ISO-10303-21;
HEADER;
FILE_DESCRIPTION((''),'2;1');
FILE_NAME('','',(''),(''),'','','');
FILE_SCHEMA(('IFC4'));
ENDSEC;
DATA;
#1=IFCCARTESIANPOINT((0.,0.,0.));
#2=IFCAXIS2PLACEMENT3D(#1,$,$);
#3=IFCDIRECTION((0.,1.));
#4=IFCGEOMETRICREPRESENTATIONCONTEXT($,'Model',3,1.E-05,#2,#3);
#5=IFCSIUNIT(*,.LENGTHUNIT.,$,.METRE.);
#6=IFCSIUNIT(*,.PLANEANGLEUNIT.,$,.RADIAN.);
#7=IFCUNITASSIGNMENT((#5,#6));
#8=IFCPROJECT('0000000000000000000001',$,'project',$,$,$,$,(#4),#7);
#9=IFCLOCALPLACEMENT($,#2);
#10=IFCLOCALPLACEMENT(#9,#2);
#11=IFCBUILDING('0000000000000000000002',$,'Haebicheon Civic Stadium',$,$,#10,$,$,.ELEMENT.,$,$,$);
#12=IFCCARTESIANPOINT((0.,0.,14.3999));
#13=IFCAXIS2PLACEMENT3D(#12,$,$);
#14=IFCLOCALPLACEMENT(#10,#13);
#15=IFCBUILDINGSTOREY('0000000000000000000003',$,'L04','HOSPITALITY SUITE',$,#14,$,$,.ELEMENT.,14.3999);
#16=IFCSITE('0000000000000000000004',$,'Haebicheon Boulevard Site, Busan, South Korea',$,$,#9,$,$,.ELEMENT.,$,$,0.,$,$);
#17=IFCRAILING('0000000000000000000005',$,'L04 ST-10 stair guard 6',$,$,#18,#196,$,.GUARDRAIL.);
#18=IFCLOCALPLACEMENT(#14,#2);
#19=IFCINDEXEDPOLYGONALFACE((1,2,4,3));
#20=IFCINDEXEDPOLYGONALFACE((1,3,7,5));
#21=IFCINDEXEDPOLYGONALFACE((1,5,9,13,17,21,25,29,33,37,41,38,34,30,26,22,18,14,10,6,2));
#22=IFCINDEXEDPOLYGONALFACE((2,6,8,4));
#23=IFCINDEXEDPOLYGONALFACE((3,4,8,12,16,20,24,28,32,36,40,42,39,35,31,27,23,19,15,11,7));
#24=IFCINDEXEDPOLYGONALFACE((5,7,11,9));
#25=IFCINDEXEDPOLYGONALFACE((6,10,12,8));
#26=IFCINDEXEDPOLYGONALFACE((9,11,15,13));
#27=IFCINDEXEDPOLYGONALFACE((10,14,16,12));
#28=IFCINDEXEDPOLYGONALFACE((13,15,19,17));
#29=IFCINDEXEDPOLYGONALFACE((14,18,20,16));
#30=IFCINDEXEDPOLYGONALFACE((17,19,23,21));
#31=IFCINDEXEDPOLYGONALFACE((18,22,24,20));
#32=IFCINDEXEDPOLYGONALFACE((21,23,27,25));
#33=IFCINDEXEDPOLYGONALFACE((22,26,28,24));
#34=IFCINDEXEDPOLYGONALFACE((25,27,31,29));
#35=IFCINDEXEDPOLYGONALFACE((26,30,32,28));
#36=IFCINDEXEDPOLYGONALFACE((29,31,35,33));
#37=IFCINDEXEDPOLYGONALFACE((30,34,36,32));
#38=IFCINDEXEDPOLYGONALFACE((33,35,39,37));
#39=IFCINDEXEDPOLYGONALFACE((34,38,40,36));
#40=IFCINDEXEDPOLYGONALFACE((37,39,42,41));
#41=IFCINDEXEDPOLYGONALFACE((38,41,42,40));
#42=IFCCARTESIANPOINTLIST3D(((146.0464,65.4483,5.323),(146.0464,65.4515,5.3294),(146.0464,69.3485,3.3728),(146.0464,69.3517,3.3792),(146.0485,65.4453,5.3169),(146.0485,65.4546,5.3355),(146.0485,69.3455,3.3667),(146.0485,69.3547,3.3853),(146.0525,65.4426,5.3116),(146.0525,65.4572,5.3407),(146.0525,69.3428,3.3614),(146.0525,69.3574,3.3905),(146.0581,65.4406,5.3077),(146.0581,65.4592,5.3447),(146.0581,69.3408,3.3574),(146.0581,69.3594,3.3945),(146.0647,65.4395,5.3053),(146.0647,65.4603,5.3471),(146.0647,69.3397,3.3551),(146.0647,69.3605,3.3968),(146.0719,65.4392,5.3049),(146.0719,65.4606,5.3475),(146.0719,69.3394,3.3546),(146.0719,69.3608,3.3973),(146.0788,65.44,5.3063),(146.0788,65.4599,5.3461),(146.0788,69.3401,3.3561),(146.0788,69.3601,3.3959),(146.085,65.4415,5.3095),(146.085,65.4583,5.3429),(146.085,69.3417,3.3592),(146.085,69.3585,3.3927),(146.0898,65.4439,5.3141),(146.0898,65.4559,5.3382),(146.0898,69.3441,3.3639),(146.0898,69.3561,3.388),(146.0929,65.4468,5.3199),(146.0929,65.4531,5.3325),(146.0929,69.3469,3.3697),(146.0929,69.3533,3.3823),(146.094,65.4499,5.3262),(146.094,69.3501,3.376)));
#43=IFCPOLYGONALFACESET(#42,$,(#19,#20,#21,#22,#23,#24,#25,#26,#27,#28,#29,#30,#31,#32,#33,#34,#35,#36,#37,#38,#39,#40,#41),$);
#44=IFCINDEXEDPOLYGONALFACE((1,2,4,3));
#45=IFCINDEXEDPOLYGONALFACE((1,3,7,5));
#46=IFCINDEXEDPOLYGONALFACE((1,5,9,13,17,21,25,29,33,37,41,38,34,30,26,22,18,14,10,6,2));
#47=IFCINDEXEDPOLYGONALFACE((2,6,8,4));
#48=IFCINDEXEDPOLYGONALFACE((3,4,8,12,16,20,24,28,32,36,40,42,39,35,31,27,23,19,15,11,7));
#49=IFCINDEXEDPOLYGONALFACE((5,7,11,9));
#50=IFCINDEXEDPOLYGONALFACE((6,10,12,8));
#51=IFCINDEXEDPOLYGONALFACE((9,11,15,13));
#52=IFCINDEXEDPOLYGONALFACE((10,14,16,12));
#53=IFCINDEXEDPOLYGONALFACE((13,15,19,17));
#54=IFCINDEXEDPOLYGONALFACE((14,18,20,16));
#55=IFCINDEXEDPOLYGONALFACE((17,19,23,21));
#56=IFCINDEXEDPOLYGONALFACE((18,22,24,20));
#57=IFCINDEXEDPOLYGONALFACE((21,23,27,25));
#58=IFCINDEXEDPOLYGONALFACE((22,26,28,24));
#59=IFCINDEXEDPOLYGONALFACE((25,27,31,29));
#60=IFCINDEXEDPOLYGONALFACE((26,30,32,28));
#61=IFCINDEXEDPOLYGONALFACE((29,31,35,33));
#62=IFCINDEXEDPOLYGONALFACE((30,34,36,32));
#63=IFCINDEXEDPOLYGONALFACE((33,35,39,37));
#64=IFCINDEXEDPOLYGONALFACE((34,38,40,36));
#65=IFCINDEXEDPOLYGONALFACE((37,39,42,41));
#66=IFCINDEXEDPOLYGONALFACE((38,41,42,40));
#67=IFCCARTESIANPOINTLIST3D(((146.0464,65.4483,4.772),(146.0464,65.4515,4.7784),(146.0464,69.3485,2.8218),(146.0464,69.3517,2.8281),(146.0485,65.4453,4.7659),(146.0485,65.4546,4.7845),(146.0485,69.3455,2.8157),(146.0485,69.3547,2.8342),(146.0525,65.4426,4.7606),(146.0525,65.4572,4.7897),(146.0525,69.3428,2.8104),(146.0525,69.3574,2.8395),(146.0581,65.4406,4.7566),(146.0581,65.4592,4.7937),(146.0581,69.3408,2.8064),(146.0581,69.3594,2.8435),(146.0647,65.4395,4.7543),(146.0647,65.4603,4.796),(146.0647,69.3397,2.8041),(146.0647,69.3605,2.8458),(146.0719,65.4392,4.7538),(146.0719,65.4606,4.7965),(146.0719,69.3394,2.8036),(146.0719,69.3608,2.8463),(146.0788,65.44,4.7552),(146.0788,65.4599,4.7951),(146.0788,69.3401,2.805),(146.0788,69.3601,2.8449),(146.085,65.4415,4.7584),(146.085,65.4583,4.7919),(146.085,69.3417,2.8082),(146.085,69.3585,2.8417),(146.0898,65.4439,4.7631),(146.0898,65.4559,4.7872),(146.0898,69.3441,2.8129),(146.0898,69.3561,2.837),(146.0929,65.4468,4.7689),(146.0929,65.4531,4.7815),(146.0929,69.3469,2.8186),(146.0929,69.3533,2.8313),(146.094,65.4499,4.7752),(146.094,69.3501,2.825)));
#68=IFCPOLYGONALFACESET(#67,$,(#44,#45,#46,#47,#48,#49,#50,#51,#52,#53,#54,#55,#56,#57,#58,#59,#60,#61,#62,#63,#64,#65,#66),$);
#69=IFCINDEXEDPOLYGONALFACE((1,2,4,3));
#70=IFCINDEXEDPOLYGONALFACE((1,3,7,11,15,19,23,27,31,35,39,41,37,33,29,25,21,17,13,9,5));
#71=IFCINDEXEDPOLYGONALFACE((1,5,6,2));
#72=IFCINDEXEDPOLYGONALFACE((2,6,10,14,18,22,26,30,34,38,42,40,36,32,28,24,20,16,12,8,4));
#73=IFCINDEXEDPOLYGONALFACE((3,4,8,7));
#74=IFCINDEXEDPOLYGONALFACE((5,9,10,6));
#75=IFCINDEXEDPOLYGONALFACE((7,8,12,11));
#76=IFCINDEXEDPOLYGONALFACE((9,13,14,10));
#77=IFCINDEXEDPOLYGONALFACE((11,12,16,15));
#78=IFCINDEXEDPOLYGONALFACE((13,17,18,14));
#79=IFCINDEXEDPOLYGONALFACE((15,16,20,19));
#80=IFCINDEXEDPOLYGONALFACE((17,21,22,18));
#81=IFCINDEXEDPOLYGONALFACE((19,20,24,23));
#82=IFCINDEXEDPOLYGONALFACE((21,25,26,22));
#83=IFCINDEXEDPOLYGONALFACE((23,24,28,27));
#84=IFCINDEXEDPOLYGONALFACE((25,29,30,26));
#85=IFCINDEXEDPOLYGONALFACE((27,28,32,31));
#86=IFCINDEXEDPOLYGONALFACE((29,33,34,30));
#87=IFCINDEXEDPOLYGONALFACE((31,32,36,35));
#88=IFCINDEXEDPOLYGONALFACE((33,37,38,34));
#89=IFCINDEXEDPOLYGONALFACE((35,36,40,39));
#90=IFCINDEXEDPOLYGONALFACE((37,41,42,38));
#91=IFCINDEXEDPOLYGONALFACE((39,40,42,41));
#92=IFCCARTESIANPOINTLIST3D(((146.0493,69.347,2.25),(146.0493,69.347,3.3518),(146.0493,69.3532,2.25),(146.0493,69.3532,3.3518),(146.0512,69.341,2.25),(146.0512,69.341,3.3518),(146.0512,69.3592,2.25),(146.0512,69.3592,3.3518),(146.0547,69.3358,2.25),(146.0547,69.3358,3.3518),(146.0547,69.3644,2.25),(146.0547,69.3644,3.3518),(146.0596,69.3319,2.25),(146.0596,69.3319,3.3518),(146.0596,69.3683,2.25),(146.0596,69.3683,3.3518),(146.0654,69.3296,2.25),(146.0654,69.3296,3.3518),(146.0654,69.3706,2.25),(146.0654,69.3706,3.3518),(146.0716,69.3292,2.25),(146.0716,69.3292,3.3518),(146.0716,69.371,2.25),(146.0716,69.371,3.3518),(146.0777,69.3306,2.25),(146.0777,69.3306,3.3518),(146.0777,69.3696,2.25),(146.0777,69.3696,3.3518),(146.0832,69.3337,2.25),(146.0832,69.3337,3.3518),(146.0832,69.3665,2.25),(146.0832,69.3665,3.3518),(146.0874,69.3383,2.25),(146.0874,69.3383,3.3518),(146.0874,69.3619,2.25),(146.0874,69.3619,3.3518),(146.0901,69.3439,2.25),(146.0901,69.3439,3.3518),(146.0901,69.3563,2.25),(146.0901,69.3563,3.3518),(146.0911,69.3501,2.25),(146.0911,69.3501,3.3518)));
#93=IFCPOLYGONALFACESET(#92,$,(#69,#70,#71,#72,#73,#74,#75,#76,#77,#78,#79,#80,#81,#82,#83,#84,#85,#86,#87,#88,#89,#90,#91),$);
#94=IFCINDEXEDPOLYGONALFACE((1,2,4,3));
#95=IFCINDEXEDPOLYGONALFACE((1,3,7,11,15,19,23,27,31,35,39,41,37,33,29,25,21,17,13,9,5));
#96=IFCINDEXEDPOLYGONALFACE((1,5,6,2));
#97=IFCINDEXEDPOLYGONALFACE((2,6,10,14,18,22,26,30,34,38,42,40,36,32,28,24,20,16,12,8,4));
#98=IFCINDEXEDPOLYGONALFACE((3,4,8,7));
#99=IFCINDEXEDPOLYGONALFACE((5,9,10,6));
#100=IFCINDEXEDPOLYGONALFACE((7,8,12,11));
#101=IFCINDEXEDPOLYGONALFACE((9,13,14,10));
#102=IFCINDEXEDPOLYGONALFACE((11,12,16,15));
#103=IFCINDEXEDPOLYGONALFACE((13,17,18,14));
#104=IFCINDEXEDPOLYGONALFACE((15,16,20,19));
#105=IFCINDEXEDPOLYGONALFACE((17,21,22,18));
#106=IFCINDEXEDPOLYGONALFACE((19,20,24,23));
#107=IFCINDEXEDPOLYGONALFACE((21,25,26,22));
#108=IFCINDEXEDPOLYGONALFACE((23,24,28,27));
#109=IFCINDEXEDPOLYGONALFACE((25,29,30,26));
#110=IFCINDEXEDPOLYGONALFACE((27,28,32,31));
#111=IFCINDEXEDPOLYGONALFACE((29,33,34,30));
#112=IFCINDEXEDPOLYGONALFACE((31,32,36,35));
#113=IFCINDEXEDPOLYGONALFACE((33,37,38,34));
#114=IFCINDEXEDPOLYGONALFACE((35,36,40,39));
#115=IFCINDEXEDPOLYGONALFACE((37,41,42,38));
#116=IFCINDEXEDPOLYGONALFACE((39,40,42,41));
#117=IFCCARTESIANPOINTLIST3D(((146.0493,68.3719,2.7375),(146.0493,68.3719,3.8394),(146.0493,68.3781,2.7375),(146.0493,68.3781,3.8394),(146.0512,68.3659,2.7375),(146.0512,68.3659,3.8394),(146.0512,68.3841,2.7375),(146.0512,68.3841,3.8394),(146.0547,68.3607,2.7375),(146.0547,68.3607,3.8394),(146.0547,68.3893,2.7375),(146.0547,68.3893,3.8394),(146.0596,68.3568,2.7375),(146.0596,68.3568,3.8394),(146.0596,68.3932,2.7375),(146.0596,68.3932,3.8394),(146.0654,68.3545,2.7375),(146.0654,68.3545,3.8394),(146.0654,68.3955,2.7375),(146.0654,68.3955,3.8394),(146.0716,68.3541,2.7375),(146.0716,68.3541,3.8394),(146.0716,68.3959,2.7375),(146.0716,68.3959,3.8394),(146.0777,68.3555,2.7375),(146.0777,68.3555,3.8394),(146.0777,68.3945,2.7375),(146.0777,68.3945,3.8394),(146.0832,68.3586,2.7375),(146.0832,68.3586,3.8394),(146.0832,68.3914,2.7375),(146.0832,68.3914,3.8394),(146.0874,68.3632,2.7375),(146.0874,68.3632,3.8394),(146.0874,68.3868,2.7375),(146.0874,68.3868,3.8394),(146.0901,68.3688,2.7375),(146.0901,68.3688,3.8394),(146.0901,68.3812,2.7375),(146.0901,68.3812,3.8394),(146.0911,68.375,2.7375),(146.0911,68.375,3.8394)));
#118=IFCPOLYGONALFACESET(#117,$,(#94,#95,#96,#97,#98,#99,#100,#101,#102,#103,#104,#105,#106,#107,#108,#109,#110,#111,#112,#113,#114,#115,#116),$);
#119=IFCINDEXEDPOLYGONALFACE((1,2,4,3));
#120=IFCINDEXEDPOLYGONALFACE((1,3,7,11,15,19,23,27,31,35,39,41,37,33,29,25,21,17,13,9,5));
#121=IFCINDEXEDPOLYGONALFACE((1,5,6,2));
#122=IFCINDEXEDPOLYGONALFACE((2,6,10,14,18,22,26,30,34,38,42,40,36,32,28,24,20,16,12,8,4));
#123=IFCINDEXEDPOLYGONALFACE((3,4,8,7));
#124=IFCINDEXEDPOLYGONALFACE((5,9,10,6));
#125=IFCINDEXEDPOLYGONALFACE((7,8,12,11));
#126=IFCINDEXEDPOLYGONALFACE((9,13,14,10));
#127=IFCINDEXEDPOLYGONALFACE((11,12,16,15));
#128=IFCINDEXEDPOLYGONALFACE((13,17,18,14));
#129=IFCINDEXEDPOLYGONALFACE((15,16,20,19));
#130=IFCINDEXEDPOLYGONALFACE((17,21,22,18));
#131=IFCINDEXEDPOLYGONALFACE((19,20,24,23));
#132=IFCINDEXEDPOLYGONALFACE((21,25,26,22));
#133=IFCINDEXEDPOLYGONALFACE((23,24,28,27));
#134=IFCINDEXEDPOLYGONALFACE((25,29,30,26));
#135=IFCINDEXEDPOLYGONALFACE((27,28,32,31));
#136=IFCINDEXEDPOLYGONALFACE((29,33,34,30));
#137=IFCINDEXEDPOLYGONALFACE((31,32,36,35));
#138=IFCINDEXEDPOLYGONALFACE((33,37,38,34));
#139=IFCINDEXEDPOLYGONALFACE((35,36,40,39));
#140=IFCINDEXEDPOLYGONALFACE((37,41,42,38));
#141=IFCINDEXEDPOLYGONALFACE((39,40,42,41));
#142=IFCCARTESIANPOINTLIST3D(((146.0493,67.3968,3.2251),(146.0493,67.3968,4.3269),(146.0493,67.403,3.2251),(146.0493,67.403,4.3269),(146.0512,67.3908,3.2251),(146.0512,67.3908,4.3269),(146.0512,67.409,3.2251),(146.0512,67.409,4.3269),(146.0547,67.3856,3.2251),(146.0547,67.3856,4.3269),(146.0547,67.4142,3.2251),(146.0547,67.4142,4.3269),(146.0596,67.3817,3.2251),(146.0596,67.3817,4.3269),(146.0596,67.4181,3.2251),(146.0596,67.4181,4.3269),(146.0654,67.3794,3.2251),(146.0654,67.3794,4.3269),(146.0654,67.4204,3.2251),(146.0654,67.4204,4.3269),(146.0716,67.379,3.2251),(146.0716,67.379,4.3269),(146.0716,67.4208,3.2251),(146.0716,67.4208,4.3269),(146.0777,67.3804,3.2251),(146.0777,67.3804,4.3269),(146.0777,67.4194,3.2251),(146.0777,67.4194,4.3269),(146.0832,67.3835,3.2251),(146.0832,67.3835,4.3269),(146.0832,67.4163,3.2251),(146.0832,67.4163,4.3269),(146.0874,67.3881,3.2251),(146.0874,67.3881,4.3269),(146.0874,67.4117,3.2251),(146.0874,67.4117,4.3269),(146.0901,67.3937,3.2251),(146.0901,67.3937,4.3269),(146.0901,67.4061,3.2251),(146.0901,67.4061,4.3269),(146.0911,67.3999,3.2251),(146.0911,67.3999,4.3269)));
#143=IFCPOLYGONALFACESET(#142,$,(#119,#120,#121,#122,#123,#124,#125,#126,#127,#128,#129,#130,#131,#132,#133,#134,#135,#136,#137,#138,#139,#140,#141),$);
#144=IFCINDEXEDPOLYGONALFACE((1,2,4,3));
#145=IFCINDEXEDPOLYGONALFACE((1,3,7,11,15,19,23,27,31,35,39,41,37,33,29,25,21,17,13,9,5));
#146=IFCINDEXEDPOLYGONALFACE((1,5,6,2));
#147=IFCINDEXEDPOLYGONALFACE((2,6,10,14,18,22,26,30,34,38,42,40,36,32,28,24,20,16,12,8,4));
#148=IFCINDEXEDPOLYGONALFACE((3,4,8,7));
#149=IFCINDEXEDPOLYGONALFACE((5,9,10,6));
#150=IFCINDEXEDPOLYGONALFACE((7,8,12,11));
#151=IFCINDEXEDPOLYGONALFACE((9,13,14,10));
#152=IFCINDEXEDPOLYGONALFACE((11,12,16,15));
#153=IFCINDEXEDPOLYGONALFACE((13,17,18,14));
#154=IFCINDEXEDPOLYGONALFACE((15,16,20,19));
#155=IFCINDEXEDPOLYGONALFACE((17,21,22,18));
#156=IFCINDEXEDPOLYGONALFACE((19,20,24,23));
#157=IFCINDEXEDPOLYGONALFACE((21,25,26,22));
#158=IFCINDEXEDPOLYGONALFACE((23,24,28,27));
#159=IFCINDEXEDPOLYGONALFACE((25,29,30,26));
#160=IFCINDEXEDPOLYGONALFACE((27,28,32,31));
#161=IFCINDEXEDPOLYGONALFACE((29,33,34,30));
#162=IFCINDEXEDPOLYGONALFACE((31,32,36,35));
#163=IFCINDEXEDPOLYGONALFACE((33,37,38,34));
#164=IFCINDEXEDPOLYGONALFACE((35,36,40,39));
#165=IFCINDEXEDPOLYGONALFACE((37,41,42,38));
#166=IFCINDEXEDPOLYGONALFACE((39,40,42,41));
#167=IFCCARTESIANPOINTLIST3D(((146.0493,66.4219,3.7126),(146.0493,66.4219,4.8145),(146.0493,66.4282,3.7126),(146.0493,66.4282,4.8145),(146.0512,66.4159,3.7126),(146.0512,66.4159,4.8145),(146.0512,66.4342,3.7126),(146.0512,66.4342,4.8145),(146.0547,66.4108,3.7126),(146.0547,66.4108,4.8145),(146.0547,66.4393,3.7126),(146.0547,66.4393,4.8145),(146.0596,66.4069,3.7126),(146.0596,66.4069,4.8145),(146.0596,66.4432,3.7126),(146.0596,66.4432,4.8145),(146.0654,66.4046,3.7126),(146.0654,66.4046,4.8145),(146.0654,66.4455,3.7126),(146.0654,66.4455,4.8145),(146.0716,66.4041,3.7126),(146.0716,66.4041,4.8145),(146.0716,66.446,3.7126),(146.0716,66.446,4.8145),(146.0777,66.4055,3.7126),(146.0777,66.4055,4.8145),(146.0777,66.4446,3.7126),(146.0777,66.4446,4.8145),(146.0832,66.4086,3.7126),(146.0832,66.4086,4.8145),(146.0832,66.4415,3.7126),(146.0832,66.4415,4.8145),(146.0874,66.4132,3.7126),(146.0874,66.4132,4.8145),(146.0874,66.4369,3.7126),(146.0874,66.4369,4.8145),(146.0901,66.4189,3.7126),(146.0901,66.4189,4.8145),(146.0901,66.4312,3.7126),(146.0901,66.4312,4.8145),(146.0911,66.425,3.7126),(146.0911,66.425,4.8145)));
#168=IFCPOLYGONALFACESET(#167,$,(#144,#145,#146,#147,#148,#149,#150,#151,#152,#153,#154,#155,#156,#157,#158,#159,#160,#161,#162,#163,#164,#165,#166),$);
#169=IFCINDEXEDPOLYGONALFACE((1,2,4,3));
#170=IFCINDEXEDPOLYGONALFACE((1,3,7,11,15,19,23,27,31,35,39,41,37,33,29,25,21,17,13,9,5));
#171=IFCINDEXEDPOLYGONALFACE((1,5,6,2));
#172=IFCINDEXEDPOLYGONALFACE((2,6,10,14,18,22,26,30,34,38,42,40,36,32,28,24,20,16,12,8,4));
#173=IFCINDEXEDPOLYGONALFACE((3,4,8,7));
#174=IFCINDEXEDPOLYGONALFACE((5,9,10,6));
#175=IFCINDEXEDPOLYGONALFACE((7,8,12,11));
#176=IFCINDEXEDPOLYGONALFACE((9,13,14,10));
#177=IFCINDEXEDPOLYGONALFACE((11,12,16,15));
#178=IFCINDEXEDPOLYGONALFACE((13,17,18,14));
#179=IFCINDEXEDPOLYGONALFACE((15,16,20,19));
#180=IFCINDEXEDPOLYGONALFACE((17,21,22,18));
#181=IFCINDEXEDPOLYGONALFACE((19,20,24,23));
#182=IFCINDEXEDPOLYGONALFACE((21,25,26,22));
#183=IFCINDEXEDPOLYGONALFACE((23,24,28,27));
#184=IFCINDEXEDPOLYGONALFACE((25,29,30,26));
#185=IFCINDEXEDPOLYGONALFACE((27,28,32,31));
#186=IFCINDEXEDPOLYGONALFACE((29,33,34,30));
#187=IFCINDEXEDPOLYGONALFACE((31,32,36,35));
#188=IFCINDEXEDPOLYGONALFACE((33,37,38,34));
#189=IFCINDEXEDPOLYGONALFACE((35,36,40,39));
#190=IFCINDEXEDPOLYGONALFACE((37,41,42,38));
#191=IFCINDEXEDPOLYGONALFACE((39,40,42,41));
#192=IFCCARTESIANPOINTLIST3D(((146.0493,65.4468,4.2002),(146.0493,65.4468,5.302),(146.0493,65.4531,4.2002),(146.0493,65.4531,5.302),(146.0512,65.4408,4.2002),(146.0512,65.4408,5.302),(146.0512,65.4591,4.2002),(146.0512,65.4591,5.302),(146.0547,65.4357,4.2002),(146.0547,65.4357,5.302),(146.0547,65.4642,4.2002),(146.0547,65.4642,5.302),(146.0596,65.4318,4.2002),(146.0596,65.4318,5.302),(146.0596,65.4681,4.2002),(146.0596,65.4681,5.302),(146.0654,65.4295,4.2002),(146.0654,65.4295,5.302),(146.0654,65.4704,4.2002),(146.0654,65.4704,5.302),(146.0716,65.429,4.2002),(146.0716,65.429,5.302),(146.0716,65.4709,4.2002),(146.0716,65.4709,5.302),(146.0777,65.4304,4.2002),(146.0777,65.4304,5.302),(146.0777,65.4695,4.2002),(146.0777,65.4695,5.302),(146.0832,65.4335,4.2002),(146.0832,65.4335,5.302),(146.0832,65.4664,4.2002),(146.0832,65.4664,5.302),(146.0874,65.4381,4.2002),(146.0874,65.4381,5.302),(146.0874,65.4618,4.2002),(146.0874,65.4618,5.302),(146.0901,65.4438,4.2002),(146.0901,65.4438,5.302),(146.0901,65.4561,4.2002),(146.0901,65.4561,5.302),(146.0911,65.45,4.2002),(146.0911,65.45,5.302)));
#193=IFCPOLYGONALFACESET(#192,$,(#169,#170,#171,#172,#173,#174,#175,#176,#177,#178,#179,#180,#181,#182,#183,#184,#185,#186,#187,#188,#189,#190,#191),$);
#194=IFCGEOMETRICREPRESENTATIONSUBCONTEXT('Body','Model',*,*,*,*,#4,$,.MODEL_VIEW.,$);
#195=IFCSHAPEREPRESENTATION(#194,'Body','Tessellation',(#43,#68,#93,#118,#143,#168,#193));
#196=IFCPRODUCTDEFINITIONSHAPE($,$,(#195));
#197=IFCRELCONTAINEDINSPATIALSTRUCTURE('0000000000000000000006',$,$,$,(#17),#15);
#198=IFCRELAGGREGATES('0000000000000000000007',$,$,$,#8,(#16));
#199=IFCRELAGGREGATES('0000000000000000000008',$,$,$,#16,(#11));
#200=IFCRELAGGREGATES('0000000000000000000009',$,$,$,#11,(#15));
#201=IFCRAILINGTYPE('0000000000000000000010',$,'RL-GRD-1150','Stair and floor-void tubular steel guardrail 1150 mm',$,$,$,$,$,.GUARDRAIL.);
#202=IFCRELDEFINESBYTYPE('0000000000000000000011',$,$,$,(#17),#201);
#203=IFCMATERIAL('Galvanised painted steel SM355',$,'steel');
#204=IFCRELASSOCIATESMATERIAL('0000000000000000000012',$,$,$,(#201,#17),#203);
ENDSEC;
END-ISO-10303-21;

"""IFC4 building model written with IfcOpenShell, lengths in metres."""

from ifc_helpers import new_model, si_unit, direction, frame, origin, origin_2d, place, context, subcontext, project, spatial, circle, extrude, material, type_object, element, save


model = new_model("IFC4")

# Units and contexts
model_context = context("Model", 3, precision=1e-05, world=origin(), true_north=direction((0.0, 1.0)))
body_context = subcontext(model_context, "Body", "Model", "MODEL_VIEW")
ifc_project = project(units=[si_unit("LENGTHUNIT", "METRE"), si_unit("PLANEANGLEUNIT", "RADIAN")], contexts=[model_context])

# Site, building, storey
site_placement = place(None, origin())
site = spatial("IfcSite", under=ifc_project, at=site_placement, Name="Haebicheon Boulevard Site, Busan, South Korea", CompositionType="ELEMENT", RefElevation=0.0)
building_placement = place(site_placement, origin())
building = spatial("IfcBuilding", under=site, at=building_placement, Name="Haebicheon Civic Stadium", CompositionType="ELEMENT")
storey_placement = place(building_placement, frame((0.0, 0.0, 14.3999)))
storey = spatial("IfcBuildingStorey", under=building, at=storey_placement, Name="L04", Description="HOSPITALITY SUITE", CompositionType="ELEMENT", Elevation=14.3999)

# Railing
ifc_material_1 = material(Name="Galvanised painted steel SM355", Category="steel")
railing_type_1 = type_object("IfcRailingType", Name="RL-GRD-1150", Description="Stair and floor-void tubular steel guardrail 1150 mm", PredefinedType="GUARDRAIL", material=ifc_material_1)
railing_1_placement = place(storey_placement, frame((146.0701, 69.3501, 2.25)))
element("IfcRailing", 1, at=railing_1_placement, inside=storey, type_object=railing_type_1, material=ifc_material_1, Name="L04 ST-10 stair guard 6", PredefinedType="GUARDRAIL", context=body_context, shape_type="SweptSolid", body=[
    extrude(circle(Radius=0.0239, at=origin_2d()), frame((0.0, 0.0, 1.126), z_axis=(0.0, -0.894416, 0.447236), x_axis=(1.0, 0.0, 0.0)), (0.0, 0.0, 1.0), 4.3606),
    extrude(circle(Radius=0.0239, at=origin_2d()), frame((0.0, 0.0, 0.575), z_axis=(0.0, -0.894416, 0.447236), x_axis=(1.0, 0.0, 0.0)), (0.0, 0.0, 1.0), 4.3606),
    extrude(circle(Radius=0.021, at=origin_2d()), origin(), (0.0, 0.0, 1.0), 1.1018),
    extrude(circle(Radius=0.021, at=origin_2d()), frame((0.0, -0.9751, 0.4875)), (0.0, 0.0, 1.0), 1.1018),
    extrude(circle(Radius=0.021, at=origin_2d()), frame((0.0, -1.9502, 0.9751)), (0.0, 0.0, 1.0), 1.1018),
    extrude(circle(Radius=0.021, at=origin_2d()), frame((0.0, -2.925, 1.4626)), (0.0, 0.0, 1.0), 1.1018),
    extrude(circle(Radius=0.021, at=origin_2d()), frame((0.0, -3.9001, 1.9502)), (0.0, 0.0, 1.0), 1.1018),
])

save(model, "model.ifc")
